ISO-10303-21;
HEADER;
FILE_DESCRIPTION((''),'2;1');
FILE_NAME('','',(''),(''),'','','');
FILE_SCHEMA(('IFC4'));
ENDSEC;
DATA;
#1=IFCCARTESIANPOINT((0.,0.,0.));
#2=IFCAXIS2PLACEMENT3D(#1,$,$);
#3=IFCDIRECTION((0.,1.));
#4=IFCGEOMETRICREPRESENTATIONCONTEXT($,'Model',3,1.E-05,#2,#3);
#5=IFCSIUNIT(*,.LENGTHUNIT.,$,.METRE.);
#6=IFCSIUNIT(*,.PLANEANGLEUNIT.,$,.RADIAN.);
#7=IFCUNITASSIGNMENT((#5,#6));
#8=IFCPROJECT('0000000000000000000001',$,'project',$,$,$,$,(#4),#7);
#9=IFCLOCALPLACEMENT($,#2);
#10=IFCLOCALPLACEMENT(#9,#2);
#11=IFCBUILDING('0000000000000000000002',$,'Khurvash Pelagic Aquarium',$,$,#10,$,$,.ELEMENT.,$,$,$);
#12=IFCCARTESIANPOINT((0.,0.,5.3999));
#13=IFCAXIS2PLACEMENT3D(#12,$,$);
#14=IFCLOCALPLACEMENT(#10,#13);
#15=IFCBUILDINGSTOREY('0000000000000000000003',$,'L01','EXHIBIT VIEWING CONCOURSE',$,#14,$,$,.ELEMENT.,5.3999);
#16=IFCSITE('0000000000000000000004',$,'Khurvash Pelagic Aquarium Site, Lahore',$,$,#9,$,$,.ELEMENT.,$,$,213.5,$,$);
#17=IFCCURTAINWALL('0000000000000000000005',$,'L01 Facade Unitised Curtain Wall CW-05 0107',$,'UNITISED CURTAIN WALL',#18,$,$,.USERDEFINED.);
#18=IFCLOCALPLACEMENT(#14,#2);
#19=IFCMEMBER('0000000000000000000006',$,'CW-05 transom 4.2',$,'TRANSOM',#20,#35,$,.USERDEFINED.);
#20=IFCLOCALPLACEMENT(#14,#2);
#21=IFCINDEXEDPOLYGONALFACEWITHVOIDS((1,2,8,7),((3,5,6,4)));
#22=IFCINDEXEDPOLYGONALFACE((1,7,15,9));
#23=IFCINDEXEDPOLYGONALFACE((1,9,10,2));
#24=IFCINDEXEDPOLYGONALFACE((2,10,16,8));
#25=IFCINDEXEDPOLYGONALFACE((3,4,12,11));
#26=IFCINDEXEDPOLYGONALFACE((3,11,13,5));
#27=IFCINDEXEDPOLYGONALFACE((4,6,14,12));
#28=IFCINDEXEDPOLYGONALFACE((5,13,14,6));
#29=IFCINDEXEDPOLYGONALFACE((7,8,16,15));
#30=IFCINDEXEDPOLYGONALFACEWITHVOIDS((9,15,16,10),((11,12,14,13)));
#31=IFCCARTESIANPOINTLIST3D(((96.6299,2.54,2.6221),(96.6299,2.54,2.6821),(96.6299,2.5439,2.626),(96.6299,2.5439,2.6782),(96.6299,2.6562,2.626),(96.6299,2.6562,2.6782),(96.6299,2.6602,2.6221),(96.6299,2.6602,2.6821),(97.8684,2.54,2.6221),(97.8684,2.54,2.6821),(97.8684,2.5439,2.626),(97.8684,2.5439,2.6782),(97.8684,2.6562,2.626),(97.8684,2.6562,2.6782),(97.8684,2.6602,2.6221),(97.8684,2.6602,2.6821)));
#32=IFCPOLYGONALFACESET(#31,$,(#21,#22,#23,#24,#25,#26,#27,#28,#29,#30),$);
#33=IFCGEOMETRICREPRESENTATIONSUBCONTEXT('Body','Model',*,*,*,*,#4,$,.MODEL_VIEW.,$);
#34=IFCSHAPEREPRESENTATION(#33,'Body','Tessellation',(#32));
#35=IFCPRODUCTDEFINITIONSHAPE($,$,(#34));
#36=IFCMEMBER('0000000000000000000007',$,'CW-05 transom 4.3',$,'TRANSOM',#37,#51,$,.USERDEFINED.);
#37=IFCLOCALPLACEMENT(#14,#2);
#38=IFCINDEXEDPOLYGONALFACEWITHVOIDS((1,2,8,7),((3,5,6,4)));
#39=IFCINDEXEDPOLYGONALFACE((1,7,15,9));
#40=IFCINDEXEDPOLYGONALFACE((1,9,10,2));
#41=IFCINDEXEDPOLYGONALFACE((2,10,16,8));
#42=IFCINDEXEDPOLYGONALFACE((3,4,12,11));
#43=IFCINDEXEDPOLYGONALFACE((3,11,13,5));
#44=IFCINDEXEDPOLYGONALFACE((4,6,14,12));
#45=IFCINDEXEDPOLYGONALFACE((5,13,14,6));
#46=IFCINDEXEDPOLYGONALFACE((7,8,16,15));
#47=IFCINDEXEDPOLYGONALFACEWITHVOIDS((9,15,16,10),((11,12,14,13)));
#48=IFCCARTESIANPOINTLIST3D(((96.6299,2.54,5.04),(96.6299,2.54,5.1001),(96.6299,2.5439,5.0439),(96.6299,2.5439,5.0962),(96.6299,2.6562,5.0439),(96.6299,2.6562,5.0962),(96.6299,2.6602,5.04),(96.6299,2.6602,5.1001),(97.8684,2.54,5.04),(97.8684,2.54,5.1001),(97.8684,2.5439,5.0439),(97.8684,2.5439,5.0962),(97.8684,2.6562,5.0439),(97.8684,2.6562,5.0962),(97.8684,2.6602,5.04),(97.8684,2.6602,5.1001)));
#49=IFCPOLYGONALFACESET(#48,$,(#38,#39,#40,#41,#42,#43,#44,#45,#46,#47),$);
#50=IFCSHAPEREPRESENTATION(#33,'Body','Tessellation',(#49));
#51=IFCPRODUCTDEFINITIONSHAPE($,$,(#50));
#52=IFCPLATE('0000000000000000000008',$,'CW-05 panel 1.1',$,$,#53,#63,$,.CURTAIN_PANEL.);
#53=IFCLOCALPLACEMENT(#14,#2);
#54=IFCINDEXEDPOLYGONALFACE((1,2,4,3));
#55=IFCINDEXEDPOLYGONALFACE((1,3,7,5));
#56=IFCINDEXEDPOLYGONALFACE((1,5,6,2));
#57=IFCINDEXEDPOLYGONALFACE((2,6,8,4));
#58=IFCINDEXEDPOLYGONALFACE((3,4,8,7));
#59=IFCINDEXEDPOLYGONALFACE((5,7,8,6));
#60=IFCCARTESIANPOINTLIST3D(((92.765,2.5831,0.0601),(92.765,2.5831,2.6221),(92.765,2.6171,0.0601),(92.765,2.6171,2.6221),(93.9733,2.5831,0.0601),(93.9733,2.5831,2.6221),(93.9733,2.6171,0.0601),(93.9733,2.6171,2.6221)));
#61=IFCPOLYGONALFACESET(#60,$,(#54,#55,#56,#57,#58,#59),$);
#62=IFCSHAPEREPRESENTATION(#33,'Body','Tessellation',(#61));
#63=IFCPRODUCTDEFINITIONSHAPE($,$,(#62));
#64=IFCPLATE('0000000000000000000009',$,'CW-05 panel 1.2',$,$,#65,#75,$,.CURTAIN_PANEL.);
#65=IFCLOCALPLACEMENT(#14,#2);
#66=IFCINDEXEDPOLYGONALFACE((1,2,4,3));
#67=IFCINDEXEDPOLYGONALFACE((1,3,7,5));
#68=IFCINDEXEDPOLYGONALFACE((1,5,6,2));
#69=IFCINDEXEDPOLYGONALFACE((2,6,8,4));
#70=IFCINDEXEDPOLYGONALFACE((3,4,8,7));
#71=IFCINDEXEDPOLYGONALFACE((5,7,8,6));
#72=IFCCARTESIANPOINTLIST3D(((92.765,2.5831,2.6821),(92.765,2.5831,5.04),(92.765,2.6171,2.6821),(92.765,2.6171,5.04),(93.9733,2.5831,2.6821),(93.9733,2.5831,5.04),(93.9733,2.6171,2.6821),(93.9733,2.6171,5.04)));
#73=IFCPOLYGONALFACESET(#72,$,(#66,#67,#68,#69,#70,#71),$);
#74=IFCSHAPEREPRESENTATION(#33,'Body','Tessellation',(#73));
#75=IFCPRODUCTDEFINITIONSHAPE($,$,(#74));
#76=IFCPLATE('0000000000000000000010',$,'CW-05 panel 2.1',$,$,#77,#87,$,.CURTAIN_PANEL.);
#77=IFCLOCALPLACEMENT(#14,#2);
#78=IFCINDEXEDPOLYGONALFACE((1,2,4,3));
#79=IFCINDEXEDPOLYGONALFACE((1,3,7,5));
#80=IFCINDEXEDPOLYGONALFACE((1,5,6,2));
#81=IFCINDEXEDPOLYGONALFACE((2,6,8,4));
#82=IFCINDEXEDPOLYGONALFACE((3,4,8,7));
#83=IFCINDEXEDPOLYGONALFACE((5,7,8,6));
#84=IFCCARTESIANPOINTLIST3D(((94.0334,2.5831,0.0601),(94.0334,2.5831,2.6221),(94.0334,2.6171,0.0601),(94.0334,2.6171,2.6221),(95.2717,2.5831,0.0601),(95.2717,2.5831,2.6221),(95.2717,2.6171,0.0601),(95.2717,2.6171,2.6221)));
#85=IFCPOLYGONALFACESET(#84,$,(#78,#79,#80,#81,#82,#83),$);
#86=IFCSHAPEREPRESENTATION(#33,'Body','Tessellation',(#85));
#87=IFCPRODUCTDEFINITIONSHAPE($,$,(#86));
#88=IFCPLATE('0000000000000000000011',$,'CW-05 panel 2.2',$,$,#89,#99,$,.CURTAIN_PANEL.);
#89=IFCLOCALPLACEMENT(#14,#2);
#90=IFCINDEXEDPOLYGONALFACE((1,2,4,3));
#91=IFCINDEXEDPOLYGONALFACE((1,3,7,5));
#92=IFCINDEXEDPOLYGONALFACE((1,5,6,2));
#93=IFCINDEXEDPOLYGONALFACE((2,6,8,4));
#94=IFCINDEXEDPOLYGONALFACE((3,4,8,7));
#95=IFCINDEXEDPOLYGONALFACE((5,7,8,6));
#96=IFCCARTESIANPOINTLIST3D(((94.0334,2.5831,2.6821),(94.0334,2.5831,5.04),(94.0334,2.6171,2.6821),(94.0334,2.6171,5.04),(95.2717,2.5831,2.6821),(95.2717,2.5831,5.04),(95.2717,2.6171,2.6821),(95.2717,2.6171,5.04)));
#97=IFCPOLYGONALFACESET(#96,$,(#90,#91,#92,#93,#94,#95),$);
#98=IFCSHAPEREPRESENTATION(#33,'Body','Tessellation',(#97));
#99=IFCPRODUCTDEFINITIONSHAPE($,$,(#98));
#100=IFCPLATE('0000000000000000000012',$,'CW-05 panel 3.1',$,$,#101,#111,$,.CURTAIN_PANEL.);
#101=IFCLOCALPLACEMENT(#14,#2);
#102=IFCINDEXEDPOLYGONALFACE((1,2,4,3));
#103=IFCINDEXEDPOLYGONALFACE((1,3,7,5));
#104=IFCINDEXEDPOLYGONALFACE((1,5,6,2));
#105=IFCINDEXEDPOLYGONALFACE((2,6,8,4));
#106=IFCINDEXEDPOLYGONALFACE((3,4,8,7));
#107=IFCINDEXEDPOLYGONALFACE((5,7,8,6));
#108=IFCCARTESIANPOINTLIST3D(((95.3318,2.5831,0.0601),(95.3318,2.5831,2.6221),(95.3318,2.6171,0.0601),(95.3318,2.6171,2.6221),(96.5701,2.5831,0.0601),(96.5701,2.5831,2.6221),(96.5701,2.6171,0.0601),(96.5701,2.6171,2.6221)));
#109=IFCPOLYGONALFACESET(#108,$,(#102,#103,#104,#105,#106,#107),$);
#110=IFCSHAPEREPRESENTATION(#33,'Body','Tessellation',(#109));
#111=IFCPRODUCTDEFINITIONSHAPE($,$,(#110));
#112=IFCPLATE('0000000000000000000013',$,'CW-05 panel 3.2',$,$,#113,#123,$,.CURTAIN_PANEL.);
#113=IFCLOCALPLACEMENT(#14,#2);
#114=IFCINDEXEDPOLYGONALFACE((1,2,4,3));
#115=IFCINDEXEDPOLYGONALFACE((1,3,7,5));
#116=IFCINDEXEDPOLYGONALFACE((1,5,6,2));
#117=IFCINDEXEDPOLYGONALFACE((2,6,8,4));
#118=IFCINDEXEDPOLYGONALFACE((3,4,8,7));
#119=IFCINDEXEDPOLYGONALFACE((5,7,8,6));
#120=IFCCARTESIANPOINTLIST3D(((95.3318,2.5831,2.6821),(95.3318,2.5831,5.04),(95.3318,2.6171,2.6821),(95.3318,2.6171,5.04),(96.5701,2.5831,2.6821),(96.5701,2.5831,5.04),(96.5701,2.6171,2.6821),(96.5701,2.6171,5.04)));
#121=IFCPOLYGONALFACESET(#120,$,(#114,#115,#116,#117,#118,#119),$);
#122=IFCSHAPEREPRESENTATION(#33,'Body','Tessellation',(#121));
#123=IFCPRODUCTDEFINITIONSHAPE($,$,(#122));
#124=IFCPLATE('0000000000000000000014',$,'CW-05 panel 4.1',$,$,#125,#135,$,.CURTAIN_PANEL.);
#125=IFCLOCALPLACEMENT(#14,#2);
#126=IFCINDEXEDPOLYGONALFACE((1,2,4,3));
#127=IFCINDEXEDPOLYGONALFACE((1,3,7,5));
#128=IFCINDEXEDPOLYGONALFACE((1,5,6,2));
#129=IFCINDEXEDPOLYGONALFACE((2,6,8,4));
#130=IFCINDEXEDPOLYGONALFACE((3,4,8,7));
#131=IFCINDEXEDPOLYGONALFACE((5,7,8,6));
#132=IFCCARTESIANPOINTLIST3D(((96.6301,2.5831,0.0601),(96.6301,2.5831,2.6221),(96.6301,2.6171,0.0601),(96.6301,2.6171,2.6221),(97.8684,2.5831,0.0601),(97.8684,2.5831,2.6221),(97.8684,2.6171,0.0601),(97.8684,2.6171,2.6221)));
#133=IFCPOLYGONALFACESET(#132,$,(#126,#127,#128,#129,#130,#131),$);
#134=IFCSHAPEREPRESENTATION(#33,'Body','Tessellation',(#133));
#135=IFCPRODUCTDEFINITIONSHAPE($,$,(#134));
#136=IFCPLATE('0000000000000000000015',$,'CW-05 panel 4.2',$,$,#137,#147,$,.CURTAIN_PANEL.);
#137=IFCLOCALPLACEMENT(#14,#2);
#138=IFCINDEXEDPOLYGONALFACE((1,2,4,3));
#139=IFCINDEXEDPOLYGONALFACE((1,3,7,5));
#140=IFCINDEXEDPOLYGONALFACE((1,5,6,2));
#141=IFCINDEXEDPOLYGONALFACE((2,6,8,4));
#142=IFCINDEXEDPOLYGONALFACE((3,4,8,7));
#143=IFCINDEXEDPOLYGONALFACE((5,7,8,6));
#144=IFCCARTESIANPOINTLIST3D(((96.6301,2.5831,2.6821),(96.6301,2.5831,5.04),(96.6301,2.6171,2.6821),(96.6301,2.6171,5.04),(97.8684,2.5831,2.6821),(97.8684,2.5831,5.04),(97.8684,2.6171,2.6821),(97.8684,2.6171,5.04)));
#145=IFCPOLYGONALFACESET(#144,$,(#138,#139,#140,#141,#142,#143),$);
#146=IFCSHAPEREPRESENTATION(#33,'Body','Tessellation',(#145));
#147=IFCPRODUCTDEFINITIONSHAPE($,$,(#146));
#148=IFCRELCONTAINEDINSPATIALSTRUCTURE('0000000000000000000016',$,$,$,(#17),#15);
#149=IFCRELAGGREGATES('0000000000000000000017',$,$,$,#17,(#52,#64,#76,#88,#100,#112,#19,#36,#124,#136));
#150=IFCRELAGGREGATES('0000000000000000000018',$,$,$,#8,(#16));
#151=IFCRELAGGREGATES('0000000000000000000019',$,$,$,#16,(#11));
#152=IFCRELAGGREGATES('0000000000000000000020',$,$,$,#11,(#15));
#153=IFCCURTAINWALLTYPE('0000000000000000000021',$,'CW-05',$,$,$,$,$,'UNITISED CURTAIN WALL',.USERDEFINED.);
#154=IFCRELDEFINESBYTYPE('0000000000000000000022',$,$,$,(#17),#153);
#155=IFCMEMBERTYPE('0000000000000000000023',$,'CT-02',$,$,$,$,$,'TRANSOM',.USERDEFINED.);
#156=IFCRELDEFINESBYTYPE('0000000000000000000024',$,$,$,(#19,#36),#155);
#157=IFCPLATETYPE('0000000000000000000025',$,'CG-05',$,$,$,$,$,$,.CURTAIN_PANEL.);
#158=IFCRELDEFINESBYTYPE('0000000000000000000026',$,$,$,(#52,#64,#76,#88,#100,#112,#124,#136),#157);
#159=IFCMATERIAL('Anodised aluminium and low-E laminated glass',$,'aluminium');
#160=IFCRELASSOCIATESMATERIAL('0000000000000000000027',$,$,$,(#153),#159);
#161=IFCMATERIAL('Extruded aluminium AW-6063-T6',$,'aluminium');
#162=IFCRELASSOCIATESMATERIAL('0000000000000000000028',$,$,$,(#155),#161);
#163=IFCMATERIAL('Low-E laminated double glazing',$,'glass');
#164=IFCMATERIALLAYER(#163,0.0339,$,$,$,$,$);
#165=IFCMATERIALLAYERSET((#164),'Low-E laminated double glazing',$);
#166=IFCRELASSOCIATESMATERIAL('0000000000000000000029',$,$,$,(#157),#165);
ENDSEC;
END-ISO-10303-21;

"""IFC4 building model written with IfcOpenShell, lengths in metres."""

from ifc_helpers import new_model, si_unit, direction, frame, origin, origin_2d, place, context, subcontext, project, spatial, rectangle, hollow_rectangle, extrude, material, layer, layer_set, material_profile, profile_set, type_object, element, aggregate, save


model = new_model("IFC4")

# Units and contexts
model_context = context("Model", 3, precision=1e-05, world=origin(), true_north=direction((0.0, 1.0)))
body_context = subcontext(model_context, "Body", "Model", "MODEL_VIEW")
ifc_project = project(units=[si_unit("LENGTHUNIT", "METRE"), si_unit("PLANEANGLEUNIT", "RADIAN")], contexts=[model_context])

# Site, building, storey
site_placement = place(None, origin())
site = spatial("IfcSite", under=ifc_project, at=site_placement, Name="Khurvash Pelagic Aquarium Site, Lahore", CompositionType="ELEMENT", RefElevation=213.5)
building_placement = place(site_placement, origin())
building = spatial("IfcBuilding", under=site, at=building_placement, Name="Khurvash Pelagic Aquarium", CompositionType="ELEMENT")
storey_placement = place(building_placement, frame((0.0, 0.0, 5.3999)))
storey = spatial("IfcBuildingStorey", under=building, at=storey_placement, Name="L01", Description="EXHIBIT VIEWING CONCOURSE", CompositionType="ELEMENT", Elevation=5.3999)

# Curtain wall, members, plates
ifc_material_1 = material(Name="Anodised aluminium and low-E laminated glass", Category="aluminium")
curtain_wall_type = type_object("IfcCurtainWallType", Name="CW-05", ElementType="UNITISED CURTAIN WALL", PredefinedType="USERDEFINED", material=ifc_material_1)
curtain_wall_placement = place(storey_placement, origin())
curtain_wall = element("IfcCurtainWall", 1, at=curtain_wall_placement, inside=storey, type_object=curtain_wall_type, Name="L01 Facade Unitised Curtain Wall CW-05 0107", ObjectType="UNITISED CURTAIN WALL", PredefinedType="USERDEFINED")
ifc_material_2 = material(Name="Extruded aluminium AW-6063-T6", Category="aluminium")
ifc_material_profile_1 = material_profile(ifc_material_2, hollow_rectangle(XDim=0.1201, YDim=0.0601, WallThickness=0.0039, at=origin_2d()), Name="CWT120X60X4")
ifc_profile_set_1 = profile_set([ifc_material_profile_1], Name="Extruded aluminium AW-6063-T6")
member_type_1 = type_object("IfcMemberType", Name="CT-02", ElementType="TRANSOM", PredefinedType="USERDEFINED", material=ifc_profile_set_1)
member_1_placement = place(storey_placement, frame((96.6299, 2.6001, 2.6521), z_axis=(1.0, 0.0, 0.0), x_axis=(0.0, 1.0, 0.0)))
member_1 = element("IfcMember", 2, at=member_1_placement, type_object=member_type_1, Name="CW-05 transom 4.2", ObjectType="TRANSOM", PredefinedType="USERDEFINED", context=body_context, shape_type="SweptSolid", body=[
    extrude(hollow_rectangle(XDim=0.1201, YDim=0.0601, WallThickness=0.0039, at=origin_2d()), origin(), (0.0, 0.0, 1.0), 1.2385),
])
member_2_placement = place(storey_placement, frame((96.6299, 2.6001, 5.0701), z_axis=(1.0, 0.0, 0.0), x_axis=(0.0, 1.0, 0.0)))
member_2 = element("IfcMember", 3, at=member_2_placement, type_object=member_type_1, Name="CW-05 transom 4.3", ObjectType="TRANSOM", PredefinedType="USERDEFINED", context=body_context, shape_type="SweptSolid", body=[
    extrude(hollow_rectangle(XDim=0.1201, YDim=0.0601, WallThickness=0.0039, at=origin_2d()), origin(), (0.0, 0.0, 1.0), 1.2385),
])
ifc_material_3 = material(Name="Low-E laminated double glazing", Category="glass")
ifc_layer = layer(ifc_material_3, 0.0339)
ifc_layer_set = layer_set([ifc_layer], Name="Low-E laminated double glazing")
plate_type = type_object("IfcPlateType", Name="CG-05", PredefinedType="CURTAIN_PANEL", material=ifc_layer_set)
plate_1_placement = place(storey_placement, frame((93.3691, 2.6001, 0.0601), z_axis=(0.0, 0.0, 1.0), x_axis=(1.0, 0.0, 0.0)))
plate_1 = element("IfcPlate", 4, at=plate_1_placement, type_object=plate_type, Name="CW-05 panel 1.1", PredefinedType="CURTAIN_PANEL", context=body_context, shape_type="SweptSolid", body=[
    extrude(rectangle(XDim=1.2083, YDim=0.0339, at=origin_2d()), origin(), (0.0, 0.0, 1.0), 2.562),
])
plate_2_placement = place(storey_placement, frame((93.3691, 2.6001, 2.6821), z_axis=(0.0, 0.0, 1.0), x_axis=(1.0, 0.0, 0.0)))
plate_2 = element("IfcPlate", 5, at=plate_2_placement, type_object=plate_type, Name="CW-05 panel 1.2", PredefinedType="CURTAIN_PANEL", context=body_context, shape_type="SweptSolid", body=[
    extrude(rectangle(XDim=1.2083, YDim=0.0339, at=origin_2d()), origin(), (0.0, 0.0, 1.0), 2.3579),
])
plate_3_placement = place(storey_placement, frame((94.6526, 2.6001, 0.0601), z_axis=(0.0, 0.0, 1.0), x_axis=(1.0, 0.0, 0.0)))
plate_3 = element("IfcPlate", 6, at=plate_3_placement, type_object=plate_type, Name="CW-05 panel 2.1", PredefinedType="CURTAIN_PANEL", context=body_context, shape_type="SweptSolid", body=[
    extrude(rectangle(XDim=1.2383, YDim=0.0339, at=origin_2d()), origin(), (0.0, 0.0, 1.0), 2.562),
])
plate_4_placement = place(storey_placement, frame((94.6526, 2.6001, 2.6821), z_axis=(0.0, 0.0, 1.0), x_axis=(1.0, 0.0, 0.0)))
plate_4 = element("IfcPlate", 7, at=plate_4_placement, type_object=plate_type, Name="CW-05 panel 2.2", PredefinedType="CURTAIN_PANEL", context=body_context, shape_type="SweptSolid", body=[
    extrude(rectangle(XDim=1.2383, YDim=0.0339, at=origin_2d()), origin(), (0.0, 0.0, 1.0), 2.3579),
])
plate_5_placement = place(storey_placement, frame((95.9509, 2.6001, 0.0601), z_axis=(0.0, 0.0, 1.0), x_axis=(1.0, 0.0, 0.0)))
plate_5 = element("IfcPlate", 8, at=plate_5_placement, type_object=plate_type, Name="CW-05 panel 3.1", PredefinedType="CURTAIN_PANEL", context=body_context, shape_type="SweptSolid", body=[
    extrude(rectangle(XDim=1.2383, YDim=0.0339, at=origin_2d()), origin(), (0.0, 0.0, 1.0), 2.562),
])
plate_6_placement = place(storey_placement, frame((95.9509, 2.6001, 2.6821), z_axis=(0.0, 0.0, 1.0), x_axis=(1.0, 0.0, 0.0)))
plate_6 = element("IfcPlate", 9, at=plate_6_placement, type_object=plate_type, Name="CW-05 panel 3.2", PredefinedType="CURTAIN_PANEL", context=body_context, shape_type="SweptSolid", body=[
    extrude(rectangle(XDim=1.2383, YDim=0.0339, at=origin_2d()), origin(), (0.0, 0.0, 1.0), 2.3579),
])
plate_7_placement = place(storey_placement, frame((97.2493, 2.6001, 0.0601), z_axis=(0.0, 0.0, 1.0), x_axis=(1.0, 0.0, 0.0)))
plate_7 = element("IfcPlate", 10, at=plate_7_placement, type_object=plate_type, Name="CW-05 panel 4.1", PredefinedType="CURTAIN_PANEL", context=body_context, shape_type="SweptSolid", body=[
    extrude(rectangle(XDim=1.2383, YDim=0.0339, at=origin_2d()), origin(), (0.0, 0.0, 1.0), 2.562),
])
plate_8_placement = place(storey_placement, frame((97.2493, 2.6001, 2.6821), z_axis=(0.0, 0.0, 1.0), x_axis=(1.0, 0.0, 0.0)))
plate_8 = element("IfcPlate", 11, at=plate_8_placement, type_object=plate_type, Name="CW-05 panel 4.2", PredefinedType="CURTAIN_PANEL", context=body_context, shape_type="SweptSolid", body=[
    extrude(rectangle(XDim=1.2383, YDim=0.0339, at=origin_2d()), origin(), (0.0, 0.0, 1.0), 2.3579),
])
aggregate(curtain_wall, [plate_1, plate_2, plate_3, plate_4, plate_5, plate_6, member_1, member_2, plate_7, plate_8])

save(model, "model.ifc")
